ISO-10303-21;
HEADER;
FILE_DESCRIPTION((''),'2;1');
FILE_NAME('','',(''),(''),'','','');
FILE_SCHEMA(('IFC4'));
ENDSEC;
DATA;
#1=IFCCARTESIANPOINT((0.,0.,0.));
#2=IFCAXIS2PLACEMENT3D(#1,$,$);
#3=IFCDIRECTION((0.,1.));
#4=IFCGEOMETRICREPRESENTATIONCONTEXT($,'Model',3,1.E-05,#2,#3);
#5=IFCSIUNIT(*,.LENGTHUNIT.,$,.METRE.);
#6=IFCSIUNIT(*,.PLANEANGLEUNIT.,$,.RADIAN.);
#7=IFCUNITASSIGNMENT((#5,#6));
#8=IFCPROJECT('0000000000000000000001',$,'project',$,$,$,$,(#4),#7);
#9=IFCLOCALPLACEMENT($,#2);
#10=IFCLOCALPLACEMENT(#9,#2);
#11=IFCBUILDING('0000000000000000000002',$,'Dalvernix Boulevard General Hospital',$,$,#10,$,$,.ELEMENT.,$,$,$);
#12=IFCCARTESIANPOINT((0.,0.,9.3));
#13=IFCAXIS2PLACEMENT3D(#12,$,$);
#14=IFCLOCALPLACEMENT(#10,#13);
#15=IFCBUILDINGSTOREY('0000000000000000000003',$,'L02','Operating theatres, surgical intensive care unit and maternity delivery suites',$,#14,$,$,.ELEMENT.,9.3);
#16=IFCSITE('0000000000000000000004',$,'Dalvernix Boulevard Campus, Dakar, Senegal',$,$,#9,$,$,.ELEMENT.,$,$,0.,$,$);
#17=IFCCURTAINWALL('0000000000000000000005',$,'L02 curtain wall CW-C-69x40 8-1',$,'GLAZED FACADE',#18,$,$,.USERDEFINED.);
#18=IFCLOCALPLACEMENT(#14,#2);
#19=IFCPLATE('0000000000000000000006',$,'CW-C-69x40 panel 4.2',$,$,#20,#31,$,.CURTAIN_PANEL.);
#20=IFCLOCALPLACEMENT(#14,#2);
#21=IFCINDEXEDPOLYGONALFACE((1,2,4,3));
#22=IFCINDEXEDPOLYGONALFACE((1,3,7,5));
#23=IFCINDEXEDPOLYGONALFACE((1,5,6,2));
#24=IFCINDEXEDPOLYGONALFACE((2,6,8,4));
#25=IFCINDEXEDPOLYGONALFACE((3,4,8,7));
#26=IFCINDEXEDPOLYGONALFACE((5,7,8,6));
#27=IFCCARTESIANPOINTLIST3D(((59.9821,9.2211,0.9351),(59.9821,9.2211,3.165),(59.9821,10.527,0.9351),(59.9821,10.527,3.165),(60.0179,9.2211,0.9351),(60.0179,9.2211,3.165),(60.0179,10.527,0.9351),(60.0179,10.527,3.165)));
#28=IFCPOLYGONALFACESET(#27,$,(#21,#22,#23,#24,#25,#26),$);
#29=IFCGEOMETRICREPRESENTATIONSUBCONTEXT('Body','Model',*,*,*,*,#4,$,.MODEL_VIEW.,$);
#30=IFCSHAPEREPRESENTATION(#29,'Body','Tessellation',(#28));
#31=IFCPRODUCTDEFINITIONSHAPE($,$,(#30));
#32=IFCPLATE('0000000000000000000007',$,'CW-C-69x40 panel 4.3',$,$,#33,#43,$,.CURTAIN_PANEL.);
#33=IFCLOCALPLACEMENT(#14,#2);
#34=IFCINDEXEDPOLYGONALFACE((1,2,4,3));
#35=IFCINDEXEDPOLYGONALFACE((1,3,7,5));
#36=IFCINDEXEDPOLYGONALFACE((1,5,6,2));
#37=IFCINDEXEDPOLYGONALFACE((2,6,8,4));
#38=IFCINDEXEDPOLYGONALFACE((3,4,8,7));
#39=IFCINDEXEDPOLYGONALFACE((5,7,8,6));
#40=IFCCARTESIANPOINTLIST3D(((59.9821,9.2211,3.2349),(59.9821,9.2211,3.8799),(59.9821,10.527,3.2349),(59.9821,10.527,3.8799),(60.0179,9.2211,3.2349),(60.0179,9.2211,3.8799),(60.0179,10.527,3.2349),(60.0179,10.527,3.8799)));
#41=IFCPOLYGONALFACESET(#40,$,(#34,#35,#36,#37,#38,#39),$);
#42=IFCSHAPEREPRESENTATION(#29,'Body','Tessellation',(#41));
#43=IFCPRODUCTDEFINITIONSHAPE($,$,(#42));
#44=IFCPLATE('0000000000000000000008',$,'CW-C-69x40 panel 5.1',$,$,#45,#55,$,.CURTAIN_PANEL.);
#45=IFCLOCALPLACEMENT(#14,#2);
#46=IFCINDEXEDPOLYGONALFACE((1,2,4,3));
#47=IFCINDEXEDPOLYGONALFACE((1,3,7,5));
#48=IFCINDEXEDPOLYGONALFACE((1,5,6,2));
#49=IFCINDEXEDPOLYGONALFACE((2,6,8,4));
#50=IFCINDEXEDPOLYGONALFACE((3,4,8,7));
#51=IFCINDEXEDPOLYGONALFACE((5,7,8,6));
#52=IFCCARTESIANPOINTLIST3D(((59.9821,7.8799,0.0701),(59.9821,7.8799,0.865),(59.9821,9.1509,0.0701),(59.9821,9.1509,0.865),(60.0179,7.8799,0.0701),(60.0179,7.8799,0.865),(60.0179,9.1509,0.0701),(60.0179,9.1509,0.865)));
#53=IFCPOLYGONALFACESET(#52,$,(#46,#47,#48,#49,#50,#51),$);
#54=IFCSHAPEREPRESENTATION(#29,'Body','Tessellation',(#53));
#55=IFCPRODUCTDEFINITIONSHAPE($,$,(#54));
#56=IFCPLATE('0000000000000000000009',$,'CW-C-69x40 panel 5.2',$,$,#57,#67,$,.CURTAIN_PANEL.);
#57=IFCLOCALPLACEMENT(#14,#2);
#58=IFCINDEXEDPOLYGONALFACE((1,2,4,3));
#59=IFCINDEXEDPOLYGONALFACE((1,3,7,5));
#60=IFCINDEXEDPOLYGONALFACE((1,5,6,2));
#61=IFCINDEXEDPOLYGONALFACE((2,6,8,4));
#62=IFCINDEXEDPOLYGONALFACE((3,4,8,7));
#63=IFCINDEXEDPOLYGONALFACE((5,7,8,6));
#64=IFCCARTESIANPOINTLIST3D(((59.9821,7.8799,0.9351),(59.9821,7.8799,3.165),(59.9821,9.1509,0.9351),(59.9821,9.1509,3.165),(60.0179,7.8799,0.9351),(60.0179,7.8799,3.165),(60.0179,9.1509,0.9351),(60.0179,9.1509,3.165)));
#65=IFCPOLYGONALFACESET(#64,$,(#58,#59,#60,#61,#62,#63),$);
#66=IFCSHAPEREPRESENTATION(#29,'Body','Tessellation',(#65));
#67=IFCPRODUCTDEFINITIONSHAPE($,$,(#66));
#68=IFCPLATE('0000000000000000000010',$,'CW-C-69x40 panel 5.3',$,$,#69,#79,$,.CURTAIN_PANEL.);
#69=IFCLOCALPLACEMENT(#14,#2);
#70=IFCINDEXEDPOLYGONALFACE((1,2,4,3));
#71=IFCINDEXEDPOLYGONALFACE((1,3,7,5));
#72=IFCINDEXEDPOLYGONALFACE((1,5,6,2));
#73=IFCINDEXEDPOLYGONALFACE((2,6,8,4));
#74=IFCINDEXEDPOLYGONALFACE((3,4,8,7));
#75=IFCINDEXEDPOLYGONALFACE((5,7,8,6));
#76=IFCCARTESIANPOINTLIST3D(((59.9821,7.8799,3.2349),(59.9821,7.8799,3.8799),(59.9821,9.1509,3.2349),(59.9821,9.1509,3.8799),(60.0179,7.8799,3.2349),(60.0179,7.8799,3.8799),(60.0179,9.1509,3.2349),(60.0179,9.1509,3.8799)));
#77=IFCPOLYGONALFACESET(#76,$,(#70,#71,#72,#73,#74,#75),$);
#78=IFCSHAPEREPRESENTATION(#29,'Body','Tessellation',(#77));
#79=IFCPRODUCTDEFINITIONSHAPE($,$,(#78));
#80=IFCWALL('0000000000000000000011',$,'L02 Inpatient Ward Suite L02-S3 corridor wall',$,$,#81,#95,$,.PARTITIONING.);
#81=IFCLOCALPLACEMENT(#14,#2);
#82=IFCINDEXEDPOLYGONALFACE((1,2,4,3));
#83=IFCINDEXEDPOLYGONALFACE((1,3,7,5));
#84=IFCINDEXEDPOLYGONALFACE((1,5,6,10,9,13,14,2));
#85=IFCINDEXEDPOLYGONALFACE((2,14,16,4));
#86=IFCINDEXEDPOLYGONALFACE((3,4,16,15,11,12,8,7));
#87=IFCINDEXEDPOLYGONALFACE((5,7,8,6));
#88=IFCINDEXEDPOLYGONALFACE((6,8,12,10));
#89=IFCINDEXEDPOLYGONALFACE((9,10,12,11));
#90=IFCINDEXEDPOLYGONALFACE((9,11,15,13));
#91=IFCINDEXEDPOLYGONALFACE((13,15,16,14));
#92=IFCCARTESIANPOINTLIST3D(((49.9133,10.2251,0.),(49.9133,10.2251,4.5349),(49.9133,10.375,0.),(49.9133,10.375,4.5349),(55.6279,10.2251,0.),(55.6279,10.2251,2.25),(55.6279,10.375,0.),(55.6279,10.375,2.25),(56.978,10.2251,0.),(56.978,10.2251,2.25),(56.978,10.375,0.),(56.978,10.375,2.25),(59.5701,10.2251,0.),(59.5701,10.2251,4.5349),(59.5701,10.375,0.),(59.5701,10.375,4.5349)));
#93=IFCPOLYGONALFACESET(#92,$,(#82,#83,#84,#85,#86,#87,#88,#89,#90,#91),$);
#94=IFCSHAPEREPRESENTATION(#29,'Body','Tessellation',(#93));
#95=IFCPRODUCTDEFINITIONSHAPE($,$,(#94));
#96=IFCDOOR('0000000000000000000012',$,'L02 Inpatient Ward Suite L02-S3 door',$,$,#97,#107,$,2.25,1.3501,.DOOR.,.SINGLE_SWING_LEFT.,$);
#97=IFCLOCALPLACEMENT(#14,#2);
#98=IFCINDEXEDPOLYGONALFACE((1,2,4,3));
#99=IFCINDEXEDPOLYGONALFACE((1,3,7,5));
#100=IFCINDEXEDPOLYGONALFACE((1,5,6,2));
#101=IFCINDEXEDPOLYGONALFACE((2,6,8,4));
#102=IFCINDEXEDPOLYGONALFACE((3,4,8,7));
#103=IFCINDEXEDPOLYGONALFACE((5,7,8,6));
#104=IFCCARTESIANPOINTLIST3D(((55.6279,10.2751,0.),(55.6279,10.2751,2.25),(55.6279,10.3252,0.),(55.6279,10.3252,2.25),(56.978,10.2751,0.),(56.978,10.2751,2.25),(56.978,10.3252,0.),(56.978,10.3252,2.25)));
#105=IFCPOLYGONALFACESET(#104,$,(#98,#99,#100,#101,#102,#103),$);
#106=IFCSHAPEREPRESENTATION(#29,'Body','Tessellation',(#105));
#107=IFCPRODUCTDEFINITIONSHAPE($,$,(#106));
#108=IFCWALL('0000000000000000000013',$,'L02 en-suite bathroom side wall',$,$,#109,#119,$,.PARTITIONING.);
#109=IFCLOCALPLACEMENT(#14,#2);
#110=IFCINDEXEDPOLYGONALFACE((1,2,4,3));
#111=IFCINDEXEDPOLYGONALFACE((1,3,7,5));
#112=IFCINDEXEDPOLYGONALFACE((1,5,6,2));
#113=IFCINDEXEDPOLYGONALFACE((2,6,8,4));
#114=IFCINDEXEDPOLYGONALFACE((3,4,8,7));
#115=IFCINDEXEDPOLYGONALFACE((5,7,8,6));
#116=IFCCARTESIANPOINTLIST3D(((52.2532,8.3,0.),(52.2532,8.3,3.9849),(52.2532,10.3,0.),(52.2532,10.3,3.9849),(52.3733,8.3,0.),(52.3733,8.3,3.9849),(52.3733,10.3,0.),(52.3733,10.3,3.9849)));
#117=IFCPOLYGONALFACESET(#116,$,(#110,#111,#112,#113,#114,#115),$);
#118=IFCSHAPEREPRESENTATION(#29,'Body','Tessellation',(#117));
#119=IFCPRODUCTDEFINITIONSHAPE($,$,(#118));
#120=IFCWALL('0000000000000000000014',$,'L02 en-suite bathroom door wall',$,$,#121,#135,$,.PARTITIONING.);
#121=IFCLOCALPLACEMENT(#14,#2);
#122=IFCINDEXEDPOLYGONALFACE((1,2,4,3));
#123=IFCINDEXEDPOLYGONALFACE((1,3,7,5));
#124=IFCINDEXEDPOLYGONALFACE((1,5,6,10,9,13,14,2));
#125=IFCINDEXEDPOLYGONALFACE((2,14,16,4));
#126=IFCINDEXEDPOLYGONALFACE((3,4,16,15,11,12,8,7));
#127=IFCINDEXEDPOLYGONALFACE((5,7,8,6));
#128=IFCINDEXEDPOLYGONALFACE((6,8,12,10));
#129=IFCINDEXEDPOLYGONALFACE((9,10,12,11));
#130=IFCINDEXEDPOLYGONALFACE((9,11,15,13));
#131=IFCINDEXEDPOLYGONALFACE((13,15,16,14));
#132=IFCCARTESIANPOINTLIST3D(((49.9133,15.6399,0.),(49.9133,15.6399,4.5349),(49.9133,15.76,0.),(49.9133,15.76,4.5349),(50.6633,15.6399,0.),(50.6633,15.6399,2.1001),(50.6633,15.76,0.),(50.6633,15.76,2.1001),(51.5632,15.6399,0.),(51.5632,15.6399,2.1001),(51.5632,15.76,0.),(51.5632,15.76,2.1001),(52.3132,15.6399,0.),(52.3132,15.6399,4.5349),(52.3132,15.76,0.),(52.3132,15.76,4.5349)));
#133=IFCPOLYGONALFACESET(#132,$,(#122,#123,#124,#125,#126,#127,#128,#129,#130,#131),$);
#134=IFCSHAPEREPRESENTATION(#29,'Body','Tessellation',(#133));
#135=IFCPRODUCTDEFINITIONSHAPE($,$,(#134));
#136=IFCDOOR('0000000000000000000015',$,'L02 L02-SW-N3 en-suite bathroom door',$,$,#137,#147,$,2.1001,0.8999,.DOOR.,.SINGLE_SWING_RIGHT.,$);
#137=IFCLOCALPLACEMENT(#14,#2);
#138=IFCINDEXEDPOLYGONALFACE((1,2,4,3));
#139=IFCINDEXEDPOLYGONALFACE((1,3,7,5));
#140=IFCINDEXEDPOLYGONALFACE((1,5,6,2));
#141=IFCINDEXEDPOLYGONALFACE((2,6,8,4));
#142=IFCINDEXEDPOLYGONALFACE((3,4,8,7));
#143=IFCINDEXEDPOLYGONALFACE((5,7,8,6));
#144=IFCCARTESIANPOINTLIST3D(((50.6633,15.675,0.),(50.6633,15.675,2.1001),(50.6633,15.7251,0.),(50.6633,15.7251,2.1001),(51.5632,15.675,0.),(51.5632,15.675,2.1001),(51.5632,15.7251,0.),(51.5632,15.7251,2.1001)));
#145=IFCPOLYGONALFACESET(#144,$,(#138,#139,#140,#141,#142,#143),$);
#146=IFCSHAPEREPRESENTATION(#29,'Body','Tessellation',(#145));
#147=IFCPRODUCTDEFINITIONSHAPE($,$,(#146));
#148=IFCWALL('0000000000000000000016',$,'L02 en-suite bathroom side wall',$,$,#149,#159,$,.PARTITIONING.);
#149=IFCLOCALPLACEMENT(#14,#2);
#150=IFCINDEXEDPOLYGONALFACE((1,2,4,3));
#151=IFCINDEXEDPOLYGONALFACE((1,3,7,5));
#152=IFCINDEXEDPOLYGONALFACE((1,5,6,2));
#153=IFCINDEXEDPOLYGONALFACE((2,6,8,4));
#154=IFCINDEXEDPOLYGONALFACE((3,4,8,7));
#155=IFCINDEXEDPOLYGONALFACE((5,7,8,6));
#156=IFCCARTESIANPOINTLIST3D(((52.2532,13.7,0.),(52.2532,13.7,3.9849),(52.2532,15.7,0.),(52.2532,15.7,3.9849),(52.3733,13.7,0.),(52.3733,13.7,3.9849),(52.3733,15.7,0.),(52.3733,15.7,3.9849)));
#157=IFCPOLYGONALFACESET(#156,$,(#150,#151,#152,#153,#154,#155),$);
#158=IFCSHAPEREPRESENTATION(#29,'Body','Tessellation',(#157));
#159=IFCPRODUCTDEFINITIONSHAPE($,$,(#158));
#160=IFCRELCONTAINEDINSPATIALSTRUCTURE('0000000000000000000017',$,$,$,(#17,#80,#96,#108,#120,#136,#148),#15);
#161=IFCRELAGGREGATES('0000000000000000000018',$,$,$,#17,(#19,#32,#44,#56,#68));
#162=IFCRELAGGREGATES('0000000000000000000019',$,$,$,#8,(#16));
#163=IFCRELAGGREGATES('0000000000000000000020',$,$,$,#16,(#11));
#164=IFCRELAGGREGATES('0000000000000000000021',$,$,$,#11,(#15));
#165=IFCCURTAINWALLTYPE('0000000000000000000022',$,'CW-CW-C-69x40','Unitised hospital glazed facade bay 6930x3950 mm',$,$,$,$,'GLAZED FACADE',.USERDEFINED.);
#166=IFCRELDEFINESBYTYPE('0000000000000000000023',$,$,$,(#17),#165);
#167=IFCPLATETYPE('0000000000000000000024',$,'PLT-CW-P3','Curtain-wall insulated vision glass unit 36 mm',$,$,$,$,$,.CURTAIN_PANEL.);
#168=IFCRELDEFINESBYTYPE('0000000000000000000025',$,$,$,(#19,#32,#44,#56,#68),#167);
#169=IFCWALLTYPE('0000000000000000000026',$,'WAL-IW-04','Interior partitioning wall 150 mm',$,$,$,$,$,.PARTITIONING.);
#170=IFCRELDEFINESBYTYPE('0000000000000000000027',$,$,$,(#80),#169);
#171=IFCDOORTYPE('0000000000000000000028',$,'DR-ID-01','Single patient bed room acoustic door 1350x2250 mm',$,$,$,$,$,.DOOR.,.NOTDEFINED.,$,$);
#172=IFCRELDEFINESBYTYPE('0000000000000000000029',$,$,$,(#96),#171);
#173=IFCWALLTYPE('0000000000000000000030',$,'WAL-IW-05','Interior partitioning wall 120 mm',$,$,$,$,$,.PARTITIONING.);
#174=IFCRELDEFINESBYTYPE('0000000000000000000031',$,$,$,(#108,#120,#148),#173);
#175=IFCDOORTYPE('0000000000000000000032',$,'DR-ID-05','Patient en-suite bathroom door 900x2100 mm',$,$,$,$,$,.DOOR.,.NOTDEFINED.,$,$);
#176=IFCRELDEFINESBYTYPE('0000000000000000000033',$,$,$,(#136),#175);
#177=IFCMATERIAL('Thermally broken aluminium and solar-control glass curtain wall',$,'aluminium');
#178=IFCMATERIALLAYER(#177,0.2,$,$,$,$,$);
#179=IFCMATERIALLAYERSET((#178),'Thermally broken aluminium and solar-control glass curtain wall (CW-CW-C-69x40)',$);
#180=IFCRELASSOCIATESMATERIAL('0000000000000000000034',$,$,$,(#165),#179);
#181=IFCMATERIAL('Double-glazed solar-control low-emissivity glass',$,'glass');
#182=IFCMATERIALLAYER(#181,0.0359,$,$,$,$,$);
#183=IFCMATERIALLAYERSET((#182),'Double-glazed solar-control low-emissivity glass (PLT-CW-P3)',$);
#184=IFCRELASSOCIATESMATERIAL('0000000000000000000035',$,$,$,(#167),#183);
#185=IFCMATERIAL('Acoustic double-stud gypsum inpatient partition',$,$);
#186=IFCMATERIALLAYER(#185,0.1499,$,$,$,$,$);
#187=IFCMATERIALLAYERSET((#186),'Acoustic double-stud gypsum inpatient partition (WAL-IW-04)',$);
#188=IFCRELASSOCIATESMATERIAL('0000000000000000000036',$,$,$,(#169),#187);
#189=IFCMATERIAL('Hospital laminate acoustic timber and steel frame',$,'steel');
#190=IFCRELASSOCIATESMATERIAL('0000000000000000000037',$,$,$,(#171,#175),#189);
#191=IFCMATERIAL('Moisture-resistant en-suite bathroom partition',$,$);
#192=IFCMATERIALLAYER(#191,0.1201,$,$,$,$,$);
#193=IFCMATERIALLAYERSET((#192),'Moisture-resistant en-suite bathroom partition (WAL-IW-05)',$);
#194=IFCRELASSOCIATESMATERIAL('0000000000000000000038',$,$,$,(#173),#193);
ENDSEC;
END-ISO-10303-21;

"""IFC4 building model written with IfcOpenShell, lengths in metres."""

from ifc_helpers import new_model, si_unit, direction, frame, frame_2d, origin, origin_2d, place, context, subcontext, project, spatial, rectangle, extrude, material, layer, layer_set, type_object, element, fill, aggregate, save


model = new_model("IFC4")

# Units and contexts
model_context = context("Model", 3, precision=1e-05, world=origin(), true_north=direction((0.0, 1.0)))
body_context = subcontext(model_context, "Body", "Model", "MODEL_VIEW")
ifc_project = project(units=[si_unit("LENGTHUNIT", "METRE"), si_unit("PLANEANGLEUNIT", "RADIAN")], contexts=[model_context])

# Site, building, storey
site_placement = place(None, origin())
site = spatial("IfcSite", under=ifc_project, at=site_placement, Name="Dalvernix Boulevard Campus, Dakar, Senegal", CompositionType="ELEMENT", RefElevation=0.0)
building_placement = place(site_placement, origin())
building = spatial("IfcBuilding", under=site, at=building_placement, Name="Dalvernix Boulevard General Hospital", CompositionType="ELEMENT")
storey_placement = place(building_placement, frame((0.0, 0.0, 9.3)))
storey = spatial("IfcBuildingStorey", under=building, at=storey_placement, Name="L02", Description="Operating theatres, surgical intensive care unit and maternity delivery suites", CompositionType="ELEMENT", Elevation=9.3)

# Curtain wall, plates
ifc_material_1 = material(Name="Thermally broken aluminium and solar-control glass curtain wall", Category="aluminium")
ifc_layer_1 = layer(ifc_material_1, 0.2)
ifc_layer_set_1 = layer_set([ifc_layer_1], Name="Thermally broken aluminium and solar-control glass curtain wall (CW-CW-C-69x40)")
curtain_wall_type = type_object("IfcCurtainWallType", Name="CW-CW-C-69x40", Description="Unitised hospital glazed facade bay 6930x3950 mm", ElementType="GLAZED FACADE", PredefinedType="USERDEFINED", material=ifc_layer_set_1)
curtain_wall_placement = place(storey_placement, origin())
curtain_wall = element("IfcCurtainWall", 1, at=curtain_wall_placement, inside=storey, type_object=curtain_wall_type, Name="L02 curtain wall CW-C-69x40 8-1", ObjectType="GLAZED FACADE", PredefinedType="USERDEFINED")
ifc_material_2 = material(Name="Double-glazed solar-control low-emissivity glass", Category="glass")
ifc_layer_2 = layer(ifc_material_2, 0.0359)
ifc_layer_set_2 = layer_set([ifc_layer_2], Name="Double-glazed solar-control low-emissivity glass (PLT-CW-P3)")
plate_type = type_object("IfcPlateType", Name="PLT-CW-P3", Description="Curtain-wall insulated vision glass unit 36 mm", PredefinedType="CURTAIN_PANEL", material=ifc_layer_set_2)
plate_1_placement = place(storey_placement, frame((60.0, 9.874, 0.9351), z_axis=(0.0, 0.0, 1.0), x_axis=(0.0, -1.0, 0.0)))
plate_1 = element("IfcPlate", 2, at=plate_1_placement, type_object=plate_type, Name="CW-C-69x40 panel 4.2", PredefinedType="CURTAIN_PANEL", context=body_context, shape_type="SweptSolid", body=[
    extrude(rectangle(XDim=1.3059, YDim=0.0359, at=origin_2d()), origin(), (0.0, 0.0, 1.0), 2.23),
])
plate_2_placement = place(storey_placement, frame((60.0, 9.874, 3.2349), z_axis=(0.0, 0.0, 1.0), x_axis=(0.0, -1.0, 0.0)))
plate_2 = element("IfcPlate", 3, at=plate_2_placement, type_object=plate_type, Name="CW-C-69x40 panel 4.3", PredefinedType="CURTAIN_PANEL", context=body_context, shape_type="SweptSolid", body=[
    extrude(rectangle(XDim=1.3059, YDim=0.0359, at=origin_2d()), origin(), (0.0, 0.0, 1.0), 0.645),
])
plate_3_placement = place(storey_placement, frame((60.0, 8.5154, 0.0701), z_axis=(0.0, 0.0, 1.0), x_axis=(0.0, -1.0, 0.0)))
plate_3 = element("IfcPlate", 4, at=plate_3_placement, type_object=plate_type, Name="CW-C-69x40 panel 5.1", PredefinedType="CURTAIN_PANEL", context=body_context, shape_type="SweptSolid", body=[
    extrude(rectangle(XDim=1.271, YDim=0.0359, at=origin_2d()), origin(), (0.0, 0.0, 1.0), 0.7949),
])
plate_4_placement = place(storey_placement, frame((60.0, 8.5154, 0.9351), z_axis=(0.0, 0.0, 1.0), x_axis=(0.0, -1.0, 0.0)))
plate_4 = element("IfcPlate", 5, at=plate_4_placement, type_object=plate_type, Name="CW-C-69x40 panel 5.2", PredefinedType="CURTAIN_PANEL", context=body_context, shape_type="SweptSolid", body=[
    extrude(rectangle(XDim=1.271, YDim=0.0359, at=origin_2d()), origin(), (0.0, 0.0, 1.0), 2.23),
])
plate_5_placement = place(storey_placement, frame((60.0, 8.5154, 3.2349), z_axis=(0.0, 0.0, 1.0), x_axis=(0.0, -1.0, 0.0)))
plate_5 = element("IfcPlate", 6, at=plate_5_placement, type_object=plate_type, Name="CW-C-69x40 panel 5.3", PredefinedType="CURTAIN_PANEL", context=body_context, shape_type="SweptSolid", body=[
    extrude(rectangle(XDim=1.271, YDim=0.0359, at=origin_2d()), origin(), (0.0, 0.0, 1.0), 0.645),
])
aggregate(curtain_wall, [plate_1, plate_2, plate_3, plate_4, plate_5])

# Wall, opening, door
ifc_material_3 = material(Name="Acoustic double-stud gypsum inpatient partition")
ifc_layer_3 = layer(ifc_material_3, 0.1499)
ifc_layer_set_3 = layer_set([ifc_layer_3], Name="Acoustic double-stud gypsum inpatient partition (WAL-IW-04)")
wall_type_1 = type_object("IfcWallType", Name="WAL-IW-04", Description="Interior partitioning wall 150 mm", PredefinedType="PARTITIONING", material=ifc_layer_set_3)
wall_1_placement = place(storey_placement, frame((59.5701, 10.3, 0.0), z_axis=(0.0, 0.0, 1.0), x_axis=(-1.0, 0.0, 0.0)))
wall_1 = element("IfcWall", 7, at=wall_1_placement, inside=storey, type_object=wall_type_1, Name="L02 Inpatient Ward Suite L02-S3 corridor wall", PredefinedType="PARTITIONING", context=body_context, shape_type="SweptSolid", body=[
    extrude(rectangle(XDim=9.6567, YDim=0.1499, at=frame_2d((4.8284, 0.0))), origin(), (0.0, 0.0, 1.0), 4.5349),
])
opening_1_placement = place(wall_1_placement, frame((2.592, 0.0, 0.0)))
opening_1 = element("IfcOpeningElement", 8, at=opening_1_placement, cuts=wall_1, PredefinedType="OPENING", context=body_context, shape_type="SweptSolid", body=[
    extrude(rectangle(XDim=1.3501, YDim=2.25, at=frame_2d((0.675, 1.125))), frame((0.0, 0.085, 0.0), z_axis=(0.0, -1.0, 0.0), x_axis=(1.0, 0.0, 0.0)), (0.0, 0.0, 1.0), 0.1699),
])
ifc_material_4 = material(Name="Hospital laminate acoustic timber and steel frame", Category="steel")
door_type_1 = type_object("IfcDoorType", Name="DR-ID-01", Description="Single patient bed room acoustic door 1350x2250 mm", OperationType="NOTDEFINED", PredefinedType="DOOR", material=ifc_material_4)
door_1_placement = place(opening_1_placement, origin())
door_1 = element("IfcDoor", 9, at=door_1_placement, inside=storey, type_object=door_type_1, Name="L02 Inpatient Ward Suite L02-S3 door", OperationType="SINGLE_SWING_LEFT", OverallHeight=2.25, OverallWidth=1.3501, PredefinedType="DOOR", context=body_context, shape_type="SweptSolid", body=[
    extrude(rectangle(XDim=1.3501, YDim=2.25, at=frame_2d((0.675, 1.125))), frame((0.0, 0.0249, 0.0), z_axis=(0.0, -1.0, 0.0), x_axis=(1.0, 0.0, 0.0)), (0.0, 0.0, 1.0), 0.05),
])
fill(opening_1, door_1)

# Wall
ifc_material_5 = material(Name="Moisture-resistant en-suite bathroom partition")
ifc_layer_4 = layer(ifc_material_5, 0.1201)
ifc_layer_set_4 = layer_set([ifc_layer_4], Name="Moisture-resistant en-suite bathroom partition (WAL-IW-05)")
wall_type_2 = type_object("IfcWallType", Name="WAL-IW-05", Description="Interior partitioning wall 120 mm", PredefinedType="PARTITIONING", material=ifc_layer_set_4)
wall_2_placement = place(storey_placement, frame((52.3132, 8.3, 0.0), z_axis=(0.0, 0.0, 1.0), x_axis=(0.0, 1.0, 0.0)))
element("IfcWall", 10, at=wall_2_placement, inside=storey, type_object=wall_type_2, Name="L02 en-suite bathroom side wall", PredefinedType="PARTITIONING", context=body_context, shape_type="SweptSolid", body=[
    extrude(rectangle(XDim=2.0, YDim=0.1201, at=frame_2d((1.0, 0.0))), origin(), (0.0, 0.0, 1.0), 3.9849),
])

# Wall, opening, door
wall_3_placement = place(storey_placement, frame((52.3132, 15.7, 0.0), z_axis=(0.0, 0.0, 1.0), x_axis=(-1.0, 0.0, 0.0)))
wall_3 = element("IfcWall", 11, at=wall_3_placement, inside=storey, type_object=wall_type_2, Name="L02 en-suite bathroom door wall", PredefinedType="PARTITIONING", context=body_context, shape_type="SweptSolid", body=[
    extrude(rectangle(XDim=2.3999, YDim=0.1201, at=frame_2d((1.2, 0.0))), origin(), (0.0, 0.0, 1.0), 4.5349),
])
opening_2_placement = place(wall_3_placement, frame((0.75, 0.0, 0.0)))
opening_2 = element("IfcOpeningElement", 12, at=opening_2_placement, cuts=wall_3, PredefinedType="OPENING", context=body_context, shape_type="SweptSolid", body=[
    extrude(rectangle(XDim=0.8999, YDim=2.1001, at=frame_2d((0.45, 1.05))), frame((0.0, 0.0701, 0.0), z_axis=(0.0, -1.0, 0.0), x_axis=(1.0, 0.0, 0.0)), (0.0, 0.0, 1.0), 0.1401),
])
door_type_2 = type_object("IfcDoorType", Name="DR-ID-05", Description="Patient en-suite bathroom door 900x2100 mm", OperationType="NOTDEFINED", PredefinedType="DOOR", material=ifc_material_4)
door_2_placement = place(opening_2_placement, origin())
door_2 = element("IfcDoor", 13, at=door_2_placement, inside=storey, type_object=door_type_2, Name="L02 L02-SW-N3 en-suite bathroom door", OperationType="SINGLE_SWING_RIGHT", OverallHeight=2.1001, OverallWidth=0.8999, PredefinedType="DOOR", context=body_context, shape_type="SweptSolid", body=[
    extrude(rectangle(XDim=0.8999, YDim=2.1001, at=frame_2d((0.45, 1.05))), frame((0.0, 0.0249, 0.0), z_axis=(0.0, -1.0, 0.0), x_axis=(1.0, 0.0, 0.0)), (0.0, 0.0, 1.0), 0.05),
])
fill(opening_2, door_2)

# Wall
wall_4_placement = place(storey_placement, frame((52.3132, 13.7, 0.0), z_axis=(0.0, 0.0, 1.0), x_axis=(0.0, 1.0, 0.0)))
element("IfcWall", 14, at=wall_4_placement, inside=storey, type_object=wall_type_2, Name="L02 en-suite bathroom side wall", PredefinedType="PARTITIONING", context=body_context, shape_type="SweptSolid", body=[
    extrude(rectangle(XDim=2.0, YDim=0.1201, at=frame_2d((1.0, 0.0))), origin(), (0.0, 0.0, 1.0), 3.9849),
])

save(model, "model.ifc")
